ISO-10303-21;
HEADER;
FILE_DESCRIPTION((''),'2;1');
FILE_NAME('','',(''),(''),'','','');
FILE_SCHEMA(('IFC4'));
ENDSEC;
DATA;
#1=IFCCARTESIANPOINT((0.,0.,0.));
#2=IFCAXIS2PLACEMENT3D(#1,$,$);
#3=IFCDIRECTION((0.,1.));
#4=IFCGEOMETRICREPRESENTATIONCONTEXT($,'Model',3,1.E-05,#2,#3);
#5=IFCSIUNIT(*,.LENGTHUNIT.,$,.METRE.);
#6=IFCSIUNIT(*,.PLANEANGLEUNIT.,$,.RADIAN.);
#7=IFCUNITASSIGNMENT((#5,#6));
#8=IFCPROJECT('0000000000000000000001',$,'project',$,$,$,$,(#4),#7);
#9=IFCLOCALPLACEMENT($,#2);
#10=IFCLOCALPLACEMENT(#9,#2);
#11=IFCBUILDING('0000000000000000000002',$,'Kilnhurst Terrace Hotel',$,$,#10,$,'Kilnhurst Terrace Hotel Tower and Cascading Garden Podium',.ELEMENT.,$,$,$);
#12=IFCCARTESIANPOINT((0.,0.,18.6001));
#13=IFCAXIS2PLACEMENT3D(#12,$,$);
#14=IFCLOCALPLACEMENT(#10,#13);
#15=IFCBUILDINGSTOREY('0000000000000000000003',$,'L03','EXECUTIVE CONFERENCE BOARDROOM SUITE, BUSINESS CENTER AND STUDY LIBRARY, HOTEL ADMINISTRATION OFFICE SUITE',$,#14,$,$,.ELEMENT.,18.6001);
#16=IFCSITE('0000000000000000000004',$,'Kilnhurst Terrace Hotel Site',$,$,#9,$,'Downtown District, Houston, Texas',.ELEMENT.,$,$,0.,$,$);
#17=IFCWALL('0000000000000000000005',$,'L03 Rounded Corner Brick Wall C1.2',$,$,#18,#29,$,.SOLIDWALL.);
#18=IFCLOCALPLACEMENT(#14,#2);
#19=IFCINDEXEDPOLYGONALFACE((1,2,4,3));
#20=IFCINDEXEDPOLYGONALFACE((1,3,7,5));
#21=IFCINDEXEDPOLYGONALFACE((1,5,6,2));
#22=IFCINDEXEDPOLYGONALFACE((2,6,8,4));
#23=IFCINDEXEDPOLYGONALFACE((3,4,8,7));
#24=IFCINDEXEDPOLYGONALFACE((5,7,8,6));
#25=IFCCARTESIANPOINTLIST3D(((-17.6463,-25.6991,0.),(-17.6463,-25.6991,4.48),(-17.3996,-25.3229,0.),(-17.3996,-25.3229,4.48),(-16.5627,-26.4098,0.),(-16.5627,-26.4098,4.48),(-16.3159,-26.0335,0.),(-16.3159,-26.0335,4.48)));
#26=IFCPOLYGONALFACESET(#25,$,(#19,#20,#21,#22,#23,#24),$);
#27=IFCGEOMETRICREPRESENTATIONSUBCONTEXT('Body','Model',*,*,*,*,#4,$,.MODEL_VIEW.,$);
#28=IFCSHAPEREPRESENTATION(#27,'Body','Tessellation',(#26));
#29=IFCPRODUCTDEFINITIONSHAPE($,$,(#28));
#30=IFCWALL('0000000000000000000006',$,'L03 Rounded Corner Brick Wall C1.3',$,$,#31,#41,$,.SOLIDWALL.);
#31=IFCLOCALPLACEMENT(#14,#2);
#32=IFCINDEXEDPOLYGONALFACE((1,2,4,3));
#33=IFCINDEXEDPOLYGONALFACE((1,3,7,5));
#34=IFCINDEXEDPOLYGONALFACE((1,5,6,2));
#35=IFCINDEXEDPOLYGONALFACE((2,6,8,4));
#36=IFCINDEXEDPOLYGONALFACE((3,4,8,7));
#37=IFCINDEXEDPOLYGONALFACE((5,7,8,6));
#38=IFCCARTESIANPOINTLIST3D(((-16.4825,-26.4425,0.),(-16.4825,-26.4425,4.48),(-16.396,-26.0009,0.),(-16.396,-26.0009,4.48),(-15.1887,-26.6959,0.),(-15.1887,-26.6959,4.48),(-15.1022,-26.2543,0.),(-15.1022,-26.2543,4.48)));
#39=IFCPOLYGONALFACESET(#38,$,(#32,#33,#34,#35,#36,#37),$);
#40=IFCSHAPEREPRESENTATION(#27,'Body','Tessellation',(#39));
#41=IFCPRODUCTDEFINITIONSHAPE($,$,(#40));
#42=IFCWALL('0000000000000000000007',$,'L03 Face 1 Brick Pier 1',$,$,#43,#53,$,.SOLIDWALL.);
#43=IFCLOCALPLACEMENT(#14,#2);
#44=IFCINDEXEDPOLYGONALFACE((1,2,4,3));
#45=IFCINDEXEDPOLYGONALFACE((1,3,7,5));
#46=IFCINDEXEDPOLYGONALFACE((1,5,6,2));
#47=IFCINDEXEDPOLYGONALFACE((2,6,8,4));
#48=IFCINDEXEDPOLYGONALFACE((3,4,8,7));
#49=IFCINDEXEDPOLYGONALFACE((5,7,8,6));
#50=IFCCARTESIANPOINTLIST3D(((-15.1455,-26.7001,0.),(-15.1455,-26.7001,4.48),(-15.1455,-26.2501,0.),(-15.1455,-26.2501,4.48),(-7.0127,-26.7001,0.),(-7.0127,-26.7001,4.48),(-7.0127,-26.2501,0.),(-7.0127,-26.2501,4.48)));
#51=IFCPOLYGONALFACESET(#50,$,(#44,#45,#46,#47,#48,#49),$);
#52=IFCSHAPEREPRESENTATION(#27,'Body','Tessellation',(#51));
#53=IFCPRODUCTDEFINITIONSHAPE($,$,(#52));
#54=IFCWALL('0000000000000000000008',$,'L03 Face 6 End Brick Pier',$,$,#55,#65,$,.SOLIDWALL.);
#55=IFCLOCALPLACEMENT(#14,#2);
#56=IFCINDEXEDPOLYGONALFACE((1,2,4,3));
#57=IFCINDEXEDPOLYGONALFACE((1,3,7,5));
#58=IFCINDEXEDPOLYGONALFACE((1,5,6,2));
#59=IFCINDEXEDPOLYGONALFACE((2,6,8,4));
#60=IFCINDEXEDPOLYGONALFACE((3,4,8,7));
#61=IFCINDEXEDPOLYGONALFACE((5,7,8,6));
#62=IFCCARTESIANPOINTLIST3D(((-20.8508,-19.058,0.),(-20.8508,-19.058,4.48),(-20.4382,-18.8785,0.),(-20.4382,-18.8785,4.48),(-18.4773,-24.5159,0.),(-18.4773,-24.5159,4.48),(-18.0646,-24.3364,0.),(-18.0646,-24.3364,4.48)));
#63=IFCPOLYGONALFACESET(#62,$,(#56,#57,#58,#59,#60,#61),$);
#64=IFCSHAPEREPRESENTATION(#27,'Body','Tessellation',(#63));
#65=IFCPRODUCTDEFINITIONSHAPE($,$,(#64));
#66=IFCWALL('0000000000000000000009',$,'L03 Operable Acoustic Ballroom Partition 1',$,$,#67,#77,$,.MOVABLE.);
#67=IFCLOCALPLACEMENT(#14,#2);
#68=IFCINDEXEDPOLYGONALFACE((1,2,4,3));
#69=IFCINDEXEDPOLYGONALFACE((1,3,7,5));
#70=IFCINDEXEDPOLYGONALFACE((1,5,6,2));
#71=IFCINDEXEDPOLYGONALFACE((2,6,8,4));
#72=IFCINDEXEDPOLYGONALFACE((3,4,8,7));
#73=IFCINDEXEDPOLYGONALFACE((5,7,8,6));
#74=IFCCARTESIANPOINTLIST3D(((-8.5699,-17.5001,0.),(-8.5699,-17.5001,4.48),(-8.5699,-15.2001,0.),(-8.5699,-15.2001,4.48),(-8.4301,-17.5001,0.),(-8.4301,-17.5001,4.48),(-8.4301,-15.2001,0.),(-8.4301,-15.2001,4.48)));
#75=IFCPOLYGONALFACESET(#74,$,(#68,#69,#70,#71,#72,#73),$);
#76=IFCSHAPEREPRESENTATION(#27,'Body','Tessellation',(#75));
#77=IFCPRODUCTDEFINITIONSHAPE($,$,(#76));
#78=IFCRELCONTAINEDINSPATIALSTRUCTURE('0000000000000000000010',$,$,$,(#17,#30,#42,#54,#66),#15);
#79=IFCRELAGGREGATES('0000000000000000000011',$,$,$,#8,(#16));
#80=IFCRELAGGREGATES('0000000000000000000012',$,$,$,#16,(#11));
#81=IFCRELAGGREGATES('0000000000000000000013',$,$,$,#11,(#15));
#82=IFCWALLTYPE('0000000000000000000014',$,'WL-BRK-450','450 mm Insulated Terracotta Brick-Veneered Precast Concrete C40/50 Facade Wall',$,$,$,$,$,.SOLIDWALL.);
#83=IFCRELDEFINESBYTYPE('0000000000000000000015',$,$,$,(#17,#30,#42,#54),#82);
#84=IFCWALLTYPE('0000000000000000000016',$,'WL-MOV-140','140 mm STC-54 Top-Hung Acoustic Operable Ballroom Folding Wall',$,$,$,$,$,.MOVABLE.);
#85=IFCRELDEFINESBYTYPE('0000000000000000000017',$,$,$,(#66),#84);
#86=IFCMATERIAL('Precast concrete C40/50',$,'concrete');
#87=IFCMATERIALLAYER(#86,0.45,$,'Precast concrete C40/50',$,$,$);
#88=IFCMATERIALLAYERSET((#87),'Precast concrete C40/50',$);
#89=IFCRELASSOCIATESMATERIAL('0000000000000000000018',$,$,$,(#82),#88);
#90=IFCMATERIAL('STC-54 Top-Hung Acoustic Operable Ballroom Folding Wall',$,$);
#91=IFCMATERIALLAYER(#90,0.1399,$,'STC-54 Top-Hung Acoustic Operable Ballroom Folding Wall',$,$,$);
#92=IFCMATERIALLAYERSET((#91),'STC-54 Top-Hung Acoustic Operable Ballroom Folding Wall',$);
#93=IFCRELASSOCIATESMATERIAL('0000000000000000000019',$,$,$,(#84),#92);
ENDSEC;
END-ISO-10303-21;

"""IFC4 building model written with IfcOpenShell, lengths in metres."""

from ifc_helpers import new_model, si_unit, direction, frame, frame_2d, origin, place, context, subcontext, project, spatial, rectangle, extrude, material, layer, layer_set, type_object, element, save


model = new_model("IFC4")

# Units and contexts
model_context = context("Model", 3, precision=1e-05, world=origin(), true_north=direction((0.0, 1.0)))
body_context = subcontext(model_context, "Body", "Model", "MODEL_VIEW")
ifc_project = project(units=[si_unit("LENGTHUNIT", "METRE"), si_unit("PLANEANGLEUNIT", "RADIAN")], contexts=[model_context])

# Site, building, storey
site_placement = place(None, origin())
site = spatial("IfcSite", under=ifc_project, at=site_placement, Name="Kilnhurst Terrace Hotel Site", LongName="Downtown District, Houston, Texas", CompositionType="ELEMENT", RefElevation=0.0)
building_placement = place(site_placement, origin())
building = spatial("IfcBuilding", under=site, at=building_placement, Name="Kilnhurst Terrace Hotel", LongName="Kilnhurst Terrace Hotel Tower and Cascading Garden Podium", CompositionType="ELEMENT")
storey_placement = place(building_placement, frame((0.0, 0.0, 18.6001)))
storey = spatial("IfcBuildingStorey", under=building, at=storey_placement, Name="L03", Description="EXECUTIVE CONFERENCE BOARDROOM SUITE, BUSINESS CENTER AND STUDY LIBRARY, HOTEL ADMINISTRATION OFFICE SUITE", CompositionType="ELEMENT", Elevation=18.6001)

# Walls
ifc_material_1 = material(Name="Precast concrete C40/50", Category="concrete")
ifc_layer_1 = layer(ifc_material_1, 0.45, Name="Precast concrete C40/50")
ifc_layer_set_1 = layer_set([ifc_layer_1], Name="Precast concrete C40/50")
wall_type_1 = type_object("IfcWallType", Name="WL-BRK-450", Description="450 mm Insulated Terracotta Brick-Veneered Precast Concrete C40/50 Facade Wall", PredefinedType="SOLIDWALL", material=ifc_layer_set_1)
wall_1_placement = place(storey_placement, frame((-17.5229, -25.511, 0.0), z_axis=(0.0, 0.0, 1.0), x_axis=(0.836229, -0.548381, 0.0)))
element("IfcWall", 1, at=wall_1_placement, inside=storey, type_object=wall_type_1, Name="L03 Rounded Corner Brick Wall C1.2", PredefinedType="SOLIDWALL", context=body_context, shape_type="SweptSolid", body=[
    extrude(rectangle(XDim=1.2959, YDim=0.45, at=frame_2d((0.6479, 0.0))), origin(), (0.0, 0.0, 1.0), 4.48),
])
wall_2_placement = place(storey_placement, frame((-16.4392, -26.2217, 0.0), z_axis=(0.0, 0.0, 1.0), x_axis=(0.981349, -0.192233, 0.0)))
element("IfcWall", 2, at=wall_2_placement, inside=storey, type_object=wall_type_1, Name="L03 Rounded Corner Brick Wall C1.3", PredefinedType="SOLIDWALL", context=body_context, shape_type="SweptSolid", body=[
    extrude(rectangle(XDim=1.3184, YDim=0.45, at=frame_2d((0.6592, 0.0))), origin(), (0.0, 0.0, 1.0), 4.48),
])
wall_3_placement = place(storey_placement, frame((-15.1455, -26.4751, 0.0), z_axis=(0.0, 0.0, 1.0), x_axis=(1.0, 0.0, 0.0)))
element("IfcWall", 3, at=wall_3_placement, inside=storey, type_object=wall_type_1, Name="L03 Face 1 Brick Pier 1", PredefinedType="SOLIDWALL", context=body_context, shape_type="SweptSolid", body=[
    extrude(rectangle(XDim=8.1328, YDim=0.45, at=frame_2d((4.0664, 0.0))), origin(), (0.0, 0.0, 1.0), 4.48),
])
wall_4_placement = place(storey_placement, frame((-20.6445, -18.9683, 0.0), z_axis=(0.0, 0.0, 1.0), x_axis=(0.39881, -0.917034, 0.0)))
element("IfcWall", 4, at=wall_4_placement, inside=storey, type_object=wall_type_1, Name="L03 Face 6 End Brick Pier", PredefinedType="SOLIDWALL", context=body_context, shape_type="SweptSolid", body=[
    extrude(rectangle(XDim=5.9517, YDim=0.45, at=frame_2d((2.9758, 0.0))), origin(), (0.0, 0.0, 1.0), 4.48),
])
ifc_material_2 = material(Name="STC-54 Top-Hung Acoustic Operable Ballroom Folding Wall")
ifc_layer_2 = layer(ifc_material_2, 0.1399, Name="STC-54 Top-Hung Acoustic Operable Ballroom Folding Wall")
ifc_layer_set_2 = layer_set([ifc_layer_2], Name="STC-54 Top-Hung Acoustic Operable Ballroom Folding Wall")
wall_type_2 = type_object("IfcWallType", Name="WL-MOV-140", Description="140 mm STC-54 Top-Hung Acoustic Operable Ballroom Folding Wall", PredefinedType="MOVABLE", material=ifc_layer_set_2)
wall_5_placement = place(storey_placement, frame((-8.5, -17.5, 0.0), z_axis=(0.0, 0.0, 1.0), x_axis=(0.0, 1.0, 0.0)))
element("IfcWall", 5, at=wall_5_placement, inside=storey, type_object=wall_type_2, Name="L03 Operable Acoustic Ballroom Partition 1", PredefinedType="MOVABLE", context=body_context, shape_type="SweptSolid", body=[
    extrude(rectangle(XDim=2.3, YDim=0.1399, at=frame_2d((1.1499, 0.0))), origin(), (0.0, 0.0, 1.0), 4.48),
])

save(model, "model.ifc")
